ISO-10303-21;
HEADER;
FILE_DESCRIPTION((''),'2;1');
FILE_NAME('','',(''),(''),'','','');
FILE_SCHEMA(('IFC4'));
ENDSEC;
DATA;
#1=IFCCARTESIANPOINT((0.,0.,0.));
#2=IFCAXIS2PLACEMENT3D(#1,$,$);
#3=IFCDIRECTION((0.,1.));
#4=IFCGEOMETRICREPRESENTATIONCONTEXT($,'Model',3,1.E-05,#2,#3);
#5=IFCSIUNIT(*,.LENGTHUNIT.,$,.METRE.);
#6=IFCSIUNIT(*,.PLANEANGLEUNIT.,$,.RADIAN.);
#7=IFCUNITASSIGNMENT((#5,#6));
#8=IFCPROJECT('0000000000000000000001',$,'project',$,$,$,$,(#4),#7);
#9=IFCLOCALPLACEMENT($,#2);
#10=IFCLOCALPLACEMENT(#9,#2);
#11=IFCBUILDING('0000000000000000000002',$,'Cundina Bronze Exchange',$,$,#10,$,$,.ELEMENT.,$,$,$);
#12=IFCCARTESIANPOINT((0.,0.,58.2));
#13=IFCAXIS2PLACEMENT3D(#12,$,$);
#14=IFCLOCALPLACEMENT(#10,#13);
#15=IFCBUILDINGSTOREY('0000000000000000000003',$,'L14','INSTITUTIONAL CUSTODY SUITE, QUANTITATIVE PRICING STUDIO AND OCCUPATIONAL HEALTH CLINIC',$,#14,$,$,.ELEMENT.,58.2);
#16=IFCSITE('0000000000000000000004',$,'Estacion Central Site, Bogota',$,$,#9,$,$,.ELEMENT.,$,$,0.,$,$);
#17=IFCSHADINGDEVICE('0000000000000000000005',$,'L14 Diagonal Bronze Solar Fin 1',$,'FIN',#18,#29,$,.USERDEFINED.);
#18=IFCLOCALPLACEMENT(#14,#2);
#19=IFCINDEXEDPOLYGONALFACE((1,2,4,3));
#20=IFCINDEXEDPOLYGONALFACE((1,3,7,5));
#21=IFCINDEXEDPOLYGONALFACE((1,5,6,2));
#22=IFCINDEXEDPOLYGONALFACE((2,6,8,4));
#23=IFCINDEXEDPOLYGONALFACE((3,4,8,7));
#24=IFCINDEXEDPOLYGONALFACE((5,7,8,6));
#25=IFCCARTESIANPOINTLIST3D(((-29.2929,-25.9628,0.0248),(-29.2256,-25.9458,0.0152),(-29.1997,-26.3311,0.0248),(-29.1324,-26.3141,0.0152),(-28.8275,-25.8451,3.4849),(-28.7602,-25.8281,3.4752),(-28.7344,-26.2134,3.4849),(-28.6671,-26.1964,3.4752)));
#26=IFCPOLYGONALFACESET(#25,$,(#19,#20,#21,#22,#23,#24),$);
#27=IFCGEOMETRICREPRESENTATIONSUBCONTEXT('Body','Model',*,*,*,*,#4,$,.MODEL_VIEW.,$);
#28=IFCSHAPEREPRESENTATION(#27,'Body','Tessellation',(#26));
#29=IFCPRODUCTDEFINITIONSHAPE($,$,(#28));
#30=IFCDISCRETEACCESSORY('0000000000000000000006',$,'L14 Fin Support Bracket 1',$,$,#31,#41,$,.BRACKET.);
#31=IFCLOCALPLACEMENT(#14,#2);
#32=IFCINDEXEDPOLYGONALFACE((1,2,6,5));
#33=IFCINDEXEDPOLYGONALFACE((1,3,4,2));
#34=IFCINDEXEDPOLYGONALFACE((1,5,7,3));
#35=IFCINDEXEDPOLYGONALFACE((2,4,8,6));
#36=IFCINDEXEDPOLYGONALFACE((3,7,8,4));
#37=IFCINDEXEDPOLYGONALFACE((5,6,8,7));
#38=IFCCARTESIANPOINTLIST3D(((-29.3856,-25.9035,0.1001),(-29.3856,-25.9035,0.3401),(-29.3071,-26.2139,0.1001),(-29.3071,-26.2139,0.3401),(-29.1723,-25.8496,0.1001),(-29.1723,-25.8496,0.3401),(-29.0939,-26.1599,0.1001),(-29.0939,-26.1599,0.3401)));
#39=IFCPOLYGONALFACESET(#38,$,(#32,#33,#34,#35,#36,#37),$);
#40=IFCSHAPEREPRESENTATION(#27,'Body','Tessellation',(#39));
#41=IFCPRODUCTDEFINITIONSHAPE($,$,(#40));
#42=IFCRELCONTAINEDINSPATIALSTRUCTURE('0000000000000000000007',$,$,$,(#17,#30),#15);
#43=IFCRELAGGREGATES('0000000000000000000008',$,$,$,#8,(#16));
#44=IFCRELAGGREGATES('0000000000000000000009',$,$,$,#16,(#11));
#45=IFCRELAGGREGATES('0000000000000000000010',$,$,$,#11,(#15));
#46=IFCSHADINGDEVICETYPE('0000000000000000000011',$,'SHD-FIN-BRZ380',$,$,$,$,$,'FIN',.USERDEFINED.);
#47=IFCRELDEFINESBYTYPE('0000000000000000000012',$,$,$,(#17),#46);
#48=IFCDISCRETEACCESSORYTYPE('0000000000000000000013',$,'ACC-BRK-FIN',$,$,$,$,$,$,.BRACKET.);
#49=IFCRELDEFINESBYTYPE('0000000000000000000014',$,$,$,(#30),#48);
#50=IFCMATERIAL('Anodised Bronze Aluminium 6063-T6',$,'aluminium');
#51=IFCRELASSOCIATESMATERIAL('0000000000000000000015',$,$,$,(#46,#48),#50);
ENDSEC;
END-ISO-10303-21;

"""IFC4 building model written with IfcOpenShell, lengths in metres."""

from ifc_helpers import new_model, si_unit, direction, frame, origin, origin_2d, place, context, subcontext, project, spatial, rectangle, extrude, material, material_profile, profile_set, type_object, element, save


model = new_model("IFC4")

# Units and contexts
model_context = context("Model", 3, precision=1e-05, world=origin(), true_north=direction((0.0, 1.0)))
body_context = subcontext(model_context, "Body", "Model", "MODEL_VIEW")
ifc_project = project(units=[si_unit("LENGTHUNIT", "METRE"), si_unit("PLANEANGLEUNIT", "RADIAN")], contexts=[model_context])

# Site, building, storey
site_placement = place(None, origin())
site = spatial("IfcSite", under=ifc_project, at=site_placement, Name="Estacion Central Site, Bogota", CompositionType="ELEMENT", RefElevation=0.0)
building_placement = place(site_placement, origin())
building = spatial("IfcBuilding", under=site, at=building_placement, Name="Cundina Bronze Exchange", CompositionType="ELEMENT")
storey_placement = place(building_placement, frame((0.0, 0.0, 58.2)))
storey = spatial("IfcBuildingStorey", under=building, at=storey_placement, Name="L14", Description="INSTITUTIONAL CUSTODY SUITE, QUANTITATIVE PRICING STUDIO AND OCCUPATIONAL HEALTH CLINIC", CompositionType="ELEMENT", Elevation=58.2)

# Shared definitions
ifc_material_1 = material(Name="Anodised Bronze Aluminium 6063-T6", Category="aluminium")

# Shading device
ifc_material_profile_1 = material_profile(ifc_material_1, rectangle(XDim=0.0701, YDim=0.3799, at=origin_2d()), Name="FIN70X380", Category="aluminium")
ifc_profile_set_1 = profile_set([ifc_material_profile_1], Name="Anodised Bronze Aluminium 6063-T6")
shading_device_type = type_object("IfcShadingDeviceType", Name="SHD-FIN-BRZ380", ElementType="FIN", PredefinedType="USERDEFINED", material=ifc_profile_set_1)
shading_device_placement = place(storey_placement, frame((-29.2126, -26.1384, 0.02), z_axis=(0.133215, 0.033688, 0.990514), x_axis=(-0.960285, -0.242842, 0.137408)))
element("IfcShadingDevice", 1, at=shading_device_placement, inside=storey, type_object=shading_device_type, Name="L14 Diagonal Bronze Solar Fin 1", ObjectType="FIN", PredefinedType="USERDEFINED", context=body_context, shape_type="SweptSolid", body=[
    extrude(rectangle(XDim=0.0701, YDim=0.3799, at=origin_2d()), origin(), (0.0, 0.0, 1.0), 3.4932),
])

# Discrete accessory
discrete_accessory_type = type_object("IfcDiscreteAccessoryType", Name="ACC-BRK-FIN", PredefinedType="BRACKET", material=ifc_material_1)
discrete_accessory_placement = place(storey_placement, frame((-29.2397, -26.0317, 0.1001), z_axis=(0.0, 0.0, 1.0), x_axis=(0.969488, 0.245138, 0.0)))
element("IfcDiscreteAccessory", 2, at=discrete_accessory_placement, inside=storey, type_object=discrete_accessory_type, Name="L14 Fin Support Bracket 1", PredefinedType="BRACKET", context=body_context, shape_type="SweptSolid", body=[
    extrude(rectangle(XDim=0.22, YDim=0.3201, at=origin_2d()), origin(), (0.0, 0.0, 1.0), 0.24),
])

save(model, "model.ifc")
